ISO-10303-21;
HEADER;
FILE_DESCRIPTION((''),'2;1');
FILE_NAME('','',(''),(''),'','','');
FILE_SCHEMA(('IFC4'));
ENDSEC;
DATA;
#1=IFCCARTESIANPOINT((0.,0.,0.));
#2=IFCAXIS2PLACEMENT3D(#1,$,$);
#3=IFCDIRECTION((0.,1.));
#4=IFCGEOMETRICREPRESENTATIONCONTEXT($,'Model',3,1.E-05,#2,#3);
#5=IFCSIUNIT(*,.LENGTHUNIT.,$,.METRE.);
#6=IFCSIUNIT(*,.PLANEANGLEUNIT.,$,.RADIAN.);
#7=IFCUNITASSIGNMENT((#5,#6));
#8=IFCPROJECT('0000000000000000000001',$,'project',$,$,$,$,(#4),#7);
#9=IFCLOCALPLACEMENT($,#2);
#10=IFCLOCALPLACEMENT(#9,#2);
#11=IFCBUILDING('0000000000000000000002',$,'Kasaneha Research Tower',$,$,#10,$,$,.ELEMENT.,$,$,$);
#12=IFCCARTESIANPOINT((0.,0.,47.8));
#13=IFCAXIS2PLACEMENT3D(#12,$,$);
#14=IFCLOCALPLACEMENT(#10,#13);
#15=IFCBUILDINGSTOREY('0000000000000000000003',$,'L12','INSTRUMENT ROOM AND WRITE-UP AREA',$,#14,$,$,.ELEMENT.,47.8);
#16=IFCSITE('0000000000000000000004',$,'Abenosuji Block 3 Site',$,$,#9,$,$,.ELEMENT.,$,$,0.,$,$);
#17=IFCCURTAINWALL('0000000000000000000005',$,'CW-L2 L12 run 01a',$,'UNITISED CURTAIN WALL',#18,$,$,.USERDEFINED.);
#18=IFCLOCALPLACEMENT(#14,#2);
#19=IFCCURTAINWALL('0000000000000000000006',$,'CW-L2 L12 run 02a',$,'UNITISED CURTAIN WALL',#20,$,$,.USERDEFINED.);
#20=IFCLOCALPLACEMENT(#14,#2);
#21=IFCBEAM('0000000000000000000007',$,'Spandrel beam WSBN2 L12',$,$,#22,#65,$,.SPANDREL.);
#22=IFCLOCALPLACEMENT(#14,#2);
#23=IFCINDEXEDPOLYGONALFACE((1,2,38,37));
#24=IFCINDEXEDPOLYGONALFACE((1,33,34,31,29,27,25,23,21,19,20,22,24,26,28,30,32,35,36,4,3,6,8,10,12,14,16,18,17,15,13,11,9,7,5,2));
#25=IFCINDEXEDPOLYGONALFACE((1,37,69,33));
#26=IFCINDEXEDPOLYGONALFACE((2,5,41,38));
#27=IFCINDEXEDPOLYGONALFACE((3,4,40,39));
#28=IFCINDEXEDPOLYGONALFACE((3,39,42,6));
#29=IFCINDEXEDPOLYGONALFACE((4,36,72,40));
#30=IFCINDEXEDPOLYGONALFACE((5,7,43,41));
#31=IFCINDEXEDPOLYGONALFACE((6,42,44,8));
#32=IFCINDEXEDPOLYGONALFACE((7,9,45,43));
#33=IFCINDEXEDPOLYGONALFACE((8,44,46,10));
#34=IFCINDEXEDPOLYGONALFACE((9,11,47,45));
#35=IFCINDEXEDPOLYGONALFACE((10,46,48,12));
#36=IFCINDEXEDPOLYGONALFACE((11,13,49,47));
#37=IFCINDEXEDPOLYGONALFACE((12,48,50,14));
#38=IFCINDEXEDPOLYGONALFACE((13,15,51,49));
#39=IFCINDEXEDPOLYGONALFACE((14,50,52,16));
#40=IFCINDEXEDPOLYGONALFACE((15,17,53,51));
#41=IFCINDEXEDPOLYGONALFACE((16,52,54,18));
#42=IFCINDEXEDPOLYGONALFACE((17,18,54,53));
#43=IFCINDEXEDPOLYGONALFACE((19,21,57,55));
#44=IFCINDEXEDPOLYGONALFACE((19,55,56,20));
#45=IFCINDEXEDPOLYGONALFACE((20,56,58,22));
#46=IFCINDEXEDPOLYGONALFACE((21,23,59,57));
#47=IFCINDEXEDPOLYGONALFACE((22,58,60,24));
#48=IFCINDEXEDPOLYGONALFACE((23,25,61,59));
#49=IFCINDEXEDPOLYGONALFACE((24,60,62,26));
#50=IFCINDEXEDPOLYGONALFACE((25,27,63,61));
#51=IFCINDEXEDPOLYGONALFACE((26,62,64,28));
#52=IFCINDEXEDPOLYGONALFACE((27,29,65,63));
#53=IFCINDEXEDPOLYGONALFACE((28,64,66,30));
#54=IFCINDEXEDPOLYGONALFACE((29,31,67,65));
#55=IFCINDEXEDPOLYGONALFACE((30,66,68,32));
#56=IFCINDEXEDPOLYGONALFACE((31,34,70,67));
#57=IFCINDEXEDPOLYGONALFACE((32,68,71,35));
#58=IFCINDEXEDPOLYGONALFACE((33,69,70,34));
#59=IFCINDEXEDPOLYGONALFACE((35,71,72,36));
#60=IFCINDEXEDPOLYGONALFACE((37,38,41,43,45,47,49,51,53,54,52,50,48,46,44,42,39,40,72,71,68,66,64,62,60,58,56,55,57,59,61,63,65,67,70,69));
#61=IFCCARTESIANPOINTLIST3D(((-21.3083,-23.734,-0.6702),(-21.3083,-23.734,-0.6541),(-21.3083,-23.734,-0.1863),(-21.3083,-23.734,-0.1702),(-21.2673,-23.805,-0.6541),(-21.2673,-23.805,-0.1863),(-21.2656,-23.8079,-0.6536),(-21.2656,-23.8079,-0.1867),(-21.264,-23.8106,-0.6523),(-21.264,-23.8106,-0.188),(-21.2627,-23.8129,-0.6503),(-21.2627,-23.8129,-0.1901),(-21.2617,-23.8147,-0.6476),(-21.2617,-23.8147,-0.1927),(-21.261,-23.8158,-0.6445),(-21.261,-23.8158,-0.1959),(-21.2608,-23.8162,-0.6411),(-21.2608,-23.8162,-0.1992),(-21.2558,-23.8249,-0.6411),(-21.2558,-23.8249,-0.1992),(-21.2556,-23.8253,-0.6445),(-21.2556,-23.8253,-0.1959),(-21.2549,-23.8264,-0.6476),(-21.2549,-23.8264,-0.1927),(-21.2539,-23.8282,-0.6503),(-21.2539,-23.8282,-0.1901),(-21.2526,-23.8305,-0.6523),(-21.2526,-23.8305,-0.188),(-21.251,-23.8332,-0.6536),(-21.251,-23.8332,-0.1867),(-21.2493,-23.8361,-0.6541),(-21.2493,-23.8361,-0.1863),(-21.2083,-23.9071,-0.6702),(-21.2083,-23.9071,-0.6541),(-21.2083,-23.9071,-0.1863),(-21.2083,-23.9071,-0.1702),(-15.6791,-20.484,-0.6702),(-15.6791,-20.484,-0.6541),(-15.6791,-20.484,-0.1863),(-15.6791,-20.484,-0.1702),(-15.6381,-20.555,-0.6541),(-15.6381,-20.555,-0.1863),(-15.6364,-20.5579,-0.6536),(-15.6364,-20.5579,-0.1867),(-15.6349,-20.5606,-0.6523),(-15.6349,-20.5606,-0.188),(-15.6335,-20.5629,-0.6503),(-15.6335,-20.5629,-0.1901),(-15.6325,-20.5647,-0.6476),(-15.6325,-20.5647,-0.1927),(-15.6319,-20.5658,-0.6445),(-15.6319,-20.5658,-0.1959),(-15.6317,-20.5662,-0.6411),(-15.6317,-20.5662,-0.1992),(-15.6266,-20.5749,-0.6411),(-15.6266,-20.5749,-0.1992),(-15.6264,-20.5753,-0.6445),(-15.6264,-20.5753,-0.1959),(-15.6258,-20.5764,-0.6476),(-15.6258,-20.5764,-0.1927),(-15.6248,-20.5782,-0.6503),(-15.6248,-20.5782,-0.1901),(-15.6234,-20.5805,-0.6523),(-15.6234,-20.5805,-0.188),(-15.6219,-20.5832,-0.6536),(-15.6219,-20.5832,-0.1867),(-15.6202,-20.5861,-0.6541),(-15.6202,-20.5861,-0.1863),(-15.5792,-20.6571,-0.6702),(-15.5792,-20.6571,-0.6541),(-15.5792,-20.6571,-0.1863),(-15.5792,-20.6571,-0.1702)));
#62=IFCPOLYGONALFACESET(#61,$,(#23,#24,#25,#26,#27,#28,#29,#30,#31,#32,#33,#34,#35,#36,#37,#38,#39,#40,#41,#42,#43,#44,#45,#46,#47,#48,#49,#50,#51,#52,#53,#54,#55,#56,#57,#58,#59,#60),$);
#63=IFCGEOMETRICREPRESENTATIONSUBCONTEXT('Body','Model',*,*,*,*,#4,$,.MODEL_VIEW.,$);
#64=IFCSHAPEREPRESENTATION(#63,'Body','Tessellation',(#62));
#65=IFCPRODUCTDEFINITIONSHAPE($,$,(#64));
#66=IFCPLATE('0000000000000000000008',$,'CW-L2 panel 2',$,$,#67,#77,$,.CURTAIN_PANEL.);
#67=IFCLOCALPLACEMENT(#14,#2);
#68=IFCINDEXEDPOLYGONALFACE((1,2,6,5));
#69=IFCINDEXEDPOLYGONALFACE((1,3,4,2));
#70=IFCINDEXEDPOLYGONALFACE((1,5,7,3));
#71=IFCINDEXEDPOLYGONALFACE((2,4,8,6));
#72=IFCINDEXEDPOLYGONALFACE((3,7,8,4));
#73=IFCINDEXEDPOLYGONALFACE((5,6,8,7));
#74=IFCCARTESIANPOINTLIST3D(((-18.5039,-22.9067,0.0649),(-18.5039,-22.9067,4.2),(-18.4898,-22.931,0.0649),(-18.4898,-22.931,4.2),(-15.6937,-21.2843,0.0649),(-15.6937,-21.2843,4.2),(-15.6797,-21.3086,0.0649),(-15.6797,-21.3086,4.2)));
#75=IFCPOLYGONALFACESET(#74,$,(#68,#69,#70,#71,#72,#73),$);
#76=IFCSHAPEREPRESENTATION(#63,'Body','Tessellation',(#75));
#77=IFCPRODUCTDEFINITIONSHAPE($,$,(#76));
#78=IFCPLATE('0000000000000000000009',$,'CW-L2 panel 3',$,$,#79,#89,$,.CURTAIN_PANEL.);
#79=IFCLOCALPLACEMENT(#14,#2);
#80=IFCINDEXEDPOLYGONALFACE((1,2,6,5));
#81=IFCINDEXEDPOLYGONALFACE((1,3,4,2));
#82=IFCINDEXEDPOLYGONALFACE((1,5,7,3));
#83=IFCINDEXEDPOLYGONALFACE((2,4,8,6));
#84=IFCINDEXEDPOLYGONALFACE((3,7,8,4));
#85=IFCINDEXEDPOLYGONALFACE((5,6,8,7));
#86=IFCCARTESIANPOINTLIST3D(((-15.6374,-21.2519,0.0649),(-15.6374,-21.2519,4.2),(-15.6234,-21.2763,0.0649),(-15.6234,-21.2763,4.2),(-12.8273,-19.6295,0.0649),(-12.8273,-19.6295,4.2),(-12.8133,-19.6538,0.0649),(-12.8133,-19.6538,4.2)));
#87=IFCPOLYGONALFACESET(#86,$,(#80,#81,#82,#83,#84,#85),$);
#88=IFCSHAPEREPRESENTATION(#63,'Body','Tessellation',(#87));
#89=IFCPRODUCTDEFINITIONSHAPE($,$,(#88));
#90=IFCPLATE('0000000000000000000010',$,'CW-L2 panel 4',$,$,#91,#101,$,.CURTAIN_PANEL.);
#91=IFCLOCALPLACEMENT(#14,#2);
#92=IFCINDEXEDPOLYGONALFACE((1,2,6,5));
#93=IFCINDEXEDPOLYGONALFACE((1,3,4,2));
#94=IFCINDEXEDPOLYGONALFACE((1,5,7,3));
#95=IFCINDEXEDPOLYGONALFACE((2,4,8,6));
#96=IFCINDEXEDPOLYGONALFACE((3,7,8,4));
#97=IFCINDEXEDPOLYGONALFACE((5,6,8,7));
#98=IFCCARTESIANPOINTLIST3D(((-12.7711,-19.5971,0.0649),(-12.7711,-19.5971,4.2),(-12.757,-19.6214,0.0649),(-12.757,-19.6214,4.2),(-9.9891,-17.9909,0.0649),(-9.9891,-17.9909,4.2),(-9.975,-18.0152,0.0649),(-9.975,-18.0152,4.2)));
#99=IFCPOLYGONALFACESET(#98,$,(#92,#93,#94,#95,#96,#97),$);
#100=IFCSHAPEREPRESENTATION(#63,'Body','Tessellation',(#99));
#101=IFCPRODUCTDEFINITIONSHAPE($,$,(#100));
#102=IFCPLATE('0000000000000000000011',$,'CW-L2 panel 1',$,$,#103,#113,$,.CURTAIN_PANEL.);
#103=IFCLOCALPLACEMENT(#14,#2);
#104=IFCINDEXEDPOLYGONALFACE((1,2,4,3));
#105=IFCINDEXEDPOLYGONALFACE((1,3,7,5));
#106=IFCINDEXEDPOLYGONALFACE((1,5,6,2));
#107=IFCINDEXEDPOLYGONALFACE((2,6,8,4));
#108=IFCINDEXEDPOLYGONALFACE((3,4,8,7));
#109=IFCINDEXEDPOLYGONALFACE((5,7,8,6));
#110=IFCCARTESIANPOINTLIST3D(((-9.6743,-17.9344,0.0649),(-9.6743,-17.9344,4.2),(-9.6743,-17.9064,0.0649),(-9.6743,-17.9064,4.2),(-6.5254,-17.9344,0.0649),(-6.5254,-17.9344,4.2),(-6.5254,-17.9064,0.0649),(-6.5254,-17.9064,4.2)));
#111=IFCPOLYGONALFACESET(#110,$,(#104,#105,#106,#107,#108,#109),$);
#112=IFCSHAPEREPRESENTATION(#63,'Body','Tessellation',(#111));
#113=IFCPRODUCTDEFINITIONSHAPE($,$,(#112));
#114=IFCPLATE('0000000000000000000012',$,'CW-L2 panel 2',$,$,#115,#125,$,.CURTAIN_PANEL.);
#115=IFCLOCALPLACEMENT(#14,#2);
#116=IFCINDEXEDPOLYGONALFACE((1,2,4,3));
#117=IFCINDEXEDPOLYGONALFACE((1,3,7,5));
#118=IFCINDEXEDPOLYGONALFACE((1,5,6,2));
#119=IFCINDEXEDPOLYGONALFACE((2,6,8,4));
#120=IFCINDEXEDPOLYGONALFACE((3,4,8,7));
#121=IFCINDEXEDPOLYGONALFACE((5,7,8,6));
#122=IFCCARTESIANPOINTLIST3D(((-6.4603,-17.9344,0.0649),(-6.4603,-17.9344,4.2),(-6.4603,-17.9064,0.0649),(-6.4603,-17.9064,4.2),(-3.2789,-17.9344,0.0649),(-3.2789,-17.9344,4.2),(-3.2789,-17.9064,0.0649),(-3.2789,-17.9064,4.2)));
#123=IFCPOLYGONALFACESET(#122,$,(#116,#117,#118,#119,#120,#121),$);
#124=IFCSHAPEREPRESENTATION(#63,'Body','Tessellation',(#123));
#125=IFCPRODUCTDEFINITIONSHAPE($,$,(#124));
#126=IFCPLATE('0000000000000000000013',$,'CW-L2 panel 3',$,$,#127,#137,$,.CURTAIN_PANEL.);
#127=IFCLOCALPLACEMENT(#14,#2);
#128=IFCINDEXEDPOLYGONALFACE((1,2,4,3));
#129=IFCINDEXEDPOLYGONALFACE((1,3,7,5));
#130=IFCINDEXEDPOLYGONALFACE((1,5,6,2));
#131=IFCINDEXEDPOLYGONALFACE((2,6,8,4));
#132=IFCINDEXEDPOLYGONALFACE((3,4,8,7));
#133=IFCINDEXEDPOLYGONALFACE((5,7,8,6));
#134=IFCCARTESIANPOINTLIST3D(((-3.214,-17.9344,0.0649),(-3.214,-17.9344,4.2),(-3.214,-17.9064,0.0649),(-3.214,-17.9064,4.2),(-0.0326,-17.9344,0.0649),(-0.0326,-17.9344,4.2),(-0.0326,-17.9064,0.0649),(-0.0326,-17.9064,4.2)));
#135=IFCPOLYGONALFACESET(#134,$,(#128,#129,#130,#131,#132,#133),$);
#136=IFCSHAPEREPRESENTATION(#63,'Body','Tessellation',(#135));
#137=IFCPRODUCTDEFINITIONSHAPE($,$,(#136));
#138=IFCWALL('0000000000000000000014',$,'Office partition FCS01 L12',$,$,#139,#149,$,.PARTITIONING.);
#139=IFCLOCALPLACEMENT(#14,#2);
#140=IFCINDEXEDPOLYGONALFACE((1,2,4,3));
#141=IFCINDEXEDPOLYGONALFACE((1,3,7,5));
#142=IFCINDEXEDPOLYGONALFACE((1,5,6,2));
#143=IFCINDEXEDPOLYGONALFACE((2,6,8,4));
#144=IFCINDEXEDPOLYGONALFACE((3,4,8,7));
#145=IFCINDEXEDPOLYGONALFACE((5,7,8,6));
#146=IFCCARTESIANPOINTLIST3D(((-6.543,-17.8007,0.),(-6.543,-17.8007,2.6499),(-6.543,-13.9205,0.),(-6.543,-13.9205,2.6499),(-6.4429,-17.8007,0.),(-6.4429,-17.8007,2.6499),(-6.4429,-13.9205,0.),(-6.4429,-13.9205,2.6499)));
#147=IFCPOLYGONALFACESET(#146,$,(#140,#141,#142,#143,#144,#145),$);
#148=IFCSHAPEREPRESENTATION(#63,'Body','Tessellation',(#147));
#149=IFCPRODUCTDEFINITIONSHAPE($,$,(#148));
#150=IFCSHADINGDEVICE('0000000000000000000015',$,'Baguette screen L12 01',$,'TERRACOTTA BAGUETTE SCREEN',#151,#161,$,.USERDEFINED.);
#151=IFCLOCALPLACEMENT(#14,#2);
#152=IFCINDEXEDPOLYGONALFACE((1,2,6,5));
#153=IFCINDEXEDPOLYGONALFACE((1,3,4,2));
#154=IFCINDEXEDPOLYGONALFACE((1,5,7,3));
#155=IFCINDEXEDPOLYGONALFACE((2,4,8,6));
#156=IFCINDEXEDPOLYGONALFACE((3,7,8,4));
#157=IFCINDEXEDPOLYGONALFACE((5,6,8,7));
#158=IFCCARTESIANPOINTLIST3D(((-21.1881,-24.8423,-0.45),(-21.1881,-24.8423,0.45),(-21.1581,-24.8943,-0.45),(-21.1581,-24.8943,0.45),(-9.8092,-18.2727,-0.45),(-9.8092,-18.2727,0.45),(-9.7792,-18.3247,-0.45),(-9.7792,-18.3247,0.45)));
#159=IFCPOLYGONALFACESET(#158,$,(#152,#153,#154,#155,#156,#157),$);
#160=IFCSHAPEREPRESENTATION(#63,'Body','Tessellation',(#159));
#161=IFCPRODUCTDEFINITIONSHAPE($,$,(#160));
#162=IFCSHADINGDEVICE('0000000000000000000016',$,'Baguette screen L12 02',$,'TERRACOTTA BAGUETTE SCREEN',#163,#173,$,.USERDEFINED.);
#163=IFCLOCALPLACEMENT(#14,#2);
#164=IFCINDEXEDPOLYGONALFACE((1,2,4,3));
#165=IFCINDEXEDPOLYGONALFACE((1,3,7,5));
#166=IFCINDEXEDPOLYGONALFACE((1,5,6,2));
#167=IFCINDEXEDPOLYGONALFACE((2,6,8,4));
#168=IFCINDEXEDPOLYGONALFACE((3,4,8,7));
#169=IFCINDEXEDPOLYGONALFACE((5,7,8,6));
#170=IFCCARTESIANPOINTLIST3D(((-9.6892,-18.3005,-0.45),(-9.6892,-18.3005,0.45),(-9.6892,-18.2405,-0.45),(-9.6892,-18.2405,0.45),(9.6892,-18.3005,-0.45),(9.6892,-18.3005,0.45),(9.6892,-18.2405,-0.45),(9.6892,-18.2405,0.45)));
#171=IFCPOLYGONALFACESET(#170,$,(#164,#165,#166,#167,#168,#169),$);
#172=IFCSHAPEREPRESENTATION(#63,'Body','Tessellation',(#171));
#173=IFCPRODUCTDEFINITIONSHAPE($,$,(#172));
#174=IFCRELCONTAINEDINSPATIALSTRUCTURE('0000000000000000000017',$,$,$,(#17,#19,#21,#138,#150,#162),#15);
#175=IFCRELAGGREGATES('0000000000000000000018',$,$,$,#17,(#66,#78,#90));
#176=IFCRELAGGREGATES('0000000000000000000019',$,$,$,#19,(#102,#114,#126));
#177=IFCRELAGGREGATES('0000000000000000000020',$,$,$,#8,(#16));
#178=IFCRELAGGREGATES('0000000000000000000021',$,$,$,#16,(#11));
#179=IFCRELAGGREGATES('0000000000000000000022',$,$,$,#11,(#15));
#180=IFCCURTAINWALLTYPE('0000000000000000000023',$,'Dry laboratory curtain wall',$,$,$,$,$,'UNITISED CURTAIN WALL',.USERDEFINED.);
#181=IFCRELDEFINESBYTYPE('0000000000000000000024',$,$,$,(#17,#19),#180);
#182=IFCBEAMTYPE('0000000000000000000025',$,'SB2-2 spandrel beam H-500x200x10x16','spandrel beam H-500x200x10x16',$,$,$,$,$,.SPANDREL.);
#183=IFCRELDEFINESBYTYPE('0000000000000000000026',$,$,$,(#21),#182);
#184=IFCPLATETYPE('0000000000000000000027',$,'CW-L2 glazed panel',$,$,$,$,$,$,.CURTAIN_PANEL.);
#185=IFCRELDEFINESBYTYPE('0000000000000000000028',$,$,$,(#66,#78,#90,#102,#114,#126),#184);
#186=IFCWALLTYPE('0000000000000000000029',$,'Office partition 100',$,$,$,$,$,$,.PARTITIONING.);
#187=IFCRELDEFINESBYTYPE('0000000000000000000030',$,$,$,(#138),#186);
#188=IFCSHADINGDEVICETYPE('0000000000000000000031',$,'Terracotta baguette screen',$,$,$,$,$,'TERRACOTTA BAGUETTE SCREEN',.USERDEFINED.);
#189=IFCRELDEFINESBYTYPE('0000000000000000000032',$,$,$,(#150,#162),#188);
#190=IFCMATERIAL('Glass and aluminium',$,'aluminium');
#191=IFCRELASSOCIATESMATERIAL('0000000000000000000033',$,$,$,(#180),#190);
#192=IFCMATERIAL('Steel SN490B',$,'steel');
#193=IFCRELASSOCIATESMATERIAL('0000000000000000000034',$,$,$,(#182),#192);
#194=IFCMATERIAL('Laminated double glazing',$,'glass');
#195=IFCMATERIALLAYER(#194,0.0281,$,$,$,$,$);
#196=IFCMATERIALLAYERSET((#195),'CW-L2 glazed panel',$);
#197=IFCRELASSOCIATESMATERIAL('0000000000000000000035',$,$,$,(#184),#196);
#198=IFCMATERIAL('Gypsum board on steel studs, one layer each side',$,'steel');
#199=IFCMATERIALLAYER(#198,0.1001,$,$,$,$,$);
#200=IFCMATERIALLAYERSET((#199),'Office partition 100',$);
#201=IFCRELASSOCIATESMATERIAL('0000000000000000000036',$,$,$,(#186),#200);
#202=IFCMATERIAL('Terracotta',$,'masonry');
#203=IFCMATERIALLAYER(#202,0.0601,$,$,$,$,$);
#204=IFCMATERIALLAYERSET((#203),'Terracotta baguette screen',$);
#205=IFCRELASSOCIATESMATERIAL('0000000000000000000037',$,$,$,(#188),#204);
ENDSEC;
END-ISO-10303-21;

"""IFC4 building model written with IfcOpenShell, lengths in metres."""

from ifc_helpers import new_model, si_unit, direction, frame, frame_2d, origin, origin_2d, place, context, subcontext, project, spatial, rectangle, i_section, extrude, material, layer, layer_set, material_profile, profile_set, type_object, element, aggregate, save


model = new_model("IFC4")

# Units and contexts
model_context = context("Model", 3, precision=1e-05, world=origin(), true_north=direction((0.0, 1.0)))
body_context = subcontext(model_context, "Body", "Model", "MODEL_VIEW")
ifc_project = project(units=[si_unit("LENGTHUNIT", "METRE"), si_unit("PLANEANGLEUNIT", "RADIAN")], contexts=[model_context])

# Site, building, storey
site_placement = place(None, origin())
site = spatial("IfcSite", under=ifc_project, at=site_placement, Name="Abenosuji Block 3 Site", CompositionType="ELEMENT", RefElevation=0.0)
building_placement = place(site_placement, origin())
building = spatial("IfcBuilding", under=site, at=building_placement, Name="Kasaneha Research Tower", CompositionType="ELEMENT")
storey_placement = place(building_placement, frame((0.0, 0.0, 47.8)))
storey = spatial("IfcBuildingStorey", under=building, at=storey_placement, Name="L12", Description="INSTRUMENT ROOM AND WRITE-UP AREA", CompositionType="ELEMENT", Elevation=47.8)

# Curtain walls
ifc_material_1 = material(Name="Glass and aluminium", Category="aluminium")
curtain_wall_type = type_object("IfcCurtainWallType", Name="Dry laboratory curtain wall", ElementType="UNITISED CURTAIN WALL", PredefinedType="USERDEFINED", material=ifc_material_1)
curtain_wall_1_placement = place(storey_placement, origin())
curtain_wall_1 = element("IfcCurtainWall", 1, at=curtain_wall_1_placement, inside=storey, type_object=curtain_wall_type, Name="CW-L2 L12 run 01a", ObjectType="UNITISED CURTAIN WALL", PredefinedType="USERDEFINED")
curtain_wall_2_placement = place(storey_placement, origin())
curtain_wall_2 = element("IfcCurtainWall", 2, at=curtain_wall_2_placement, inside=storey, type_object=curtain_wall_type, Name="CW-L2 L12 run 02a", ObjectType="UNITISED CURTAIN WALL", PredefinedType="USERDEFINED")

# Beam
ifc_material_2 = material(Name="Steel SN490B", Category="steel")
ifc_material_profile_1 = material_profile(ifc_material_2, i_section(OverallWidth=0.2, OverallDepth=0.5, WebThickness=0.01, FlangeThickness=0.0161, FilletRadius=0.0129, at=origin_2d()), Name="H-500x200x10x16")
ifc_profile_set_1 = profile_set([ifc_material_profile_1], Name="Steel SN490B")
beam_type_1 = type_object("IfcBeamType", Name="SB2-2 spandrel beam H-500x200x10x16", Description="spandrel beam H-500x200x10x16", PredefinedType="SPANDREL", material=ifc_profile_set_1)
beam_1_placement = place(storey_placement, frame((-15.6292, -20.5706, -0.4202), z_axis=(-0.866025, -0.500001, 0.0), x_axis=(0.500001, -0.866025, 0.0)))
element("IfcBeam", 3, at=beam_1_placement, inside=storey, type_object=beam_type_1, Name="Spandrel beam WSBN2 L12", PredefinedType="SPANDREL", context=body_context, shape_type="SweptSolid", body=[
    extrude(i_section(OverallWidth=0.2, OverallDepth=0.5, WebThickness=0.01, FlangeThickness=0.0161, FilletRadius=0.0129, at=origin_2d()), origin(), (0.0, 0.0, 1.0), 6.5),
])

# Plates
ifc_material_3 = material(Name="Laminated double glazing", Category="glass")
ifc_layer_1 = layer(ifc_material_3, 0.0281)
ifc_layer_set_1 = layer_set([ifc_layer_1], Name="CW-L2 glazed panel")
plate_type = type_object("IfcPlateType", Name="CW-L2 glazed panel", PredefinedType="CURTAIN_PANEL", material=ifc_layer_set_1)
plate_1_placement = place(storey_placement, frame((-17.0918, -22.1077, 0.0649), z_axis=(0.0, 0.0, 1.0), x_axis=(0.866025, 0.5, 0.0)))
plate_1 = element("IfcPlate", 4, at=plate_1_placement, type_object=plate_type, Name="CW-L2 panel 2", PredefinedType="CURTAIN_PANEL", context=body_context, shape_type="SweptSolid", body=[
    extrude(rectangle(XDim=3.2449, YDim=0.0281, at=origin_2d()), origin(), (0.0, 0.0, 1.0), 4.135),
])
plate_2_placement = place(storey_placement, frame((-14.2253, -20.4529, 0.0649), z_axis=(0.0, 0.0, 1.0), x_axis=(0.866025, 0.5, 0.0)))
plate_2 = element("IfcPlate", 5, at=plate_2_placement, type_object=plate_type, Name="CW-L2 panel 3", PredefinedType="CURTAIN_PANEL", context=body_context, shape_type="SweptSolid", body=[
    extrude(rectangle(XDim=3.2449, YDim=0.0281, at=origin_2d()), origin(), (0.0, 0.0, 1.0), 4.135),
])
plate_3_placement = place(storey_placement, frame((-11.373, -18.8062, 0.0649), z_axis=(0.0, 0.0, 1.0), x_axis=(0.866025, 0.5, 0.0)))
plate_3 = element("IfcPlate", 6, at=plate_3_placement, type_object=plate_type, Name="CW-L2 panel 4", PredefinedType="CURTAIN_PANEL", context=body_context, shape_type="SweptSolid", body=[
    extrude(rectangle(XDim=3.2124, YDim=0.0281, at=origin_2d()), origin(), (0.0, 0.0, 1.0), 4.135),
])
aggregate(curtain_wall_1, [plate_1, plate_2, plate_3])
plate_4_placement = place(storey_placement, frame((-8.0999, -17.9204, 0.0649), z_axis=(0.0, 0.0, 1.0), x_axis=(1.0, 0.0, 0.0)))
plate_4 = element("IfcPlate", 7, at=plate_4_placement, type_object=plate_type, Name="CW-L2 panel 1", PredefinedType="CURTAIN_PANEL", context=body_context, shape_type="SweptSolid", body=[
    extrude(rectangle(XDim=3.1489, YDim=0.0281, at=origin_2d()), origin(), (0.0, 0.0, 1.0), 4.135),
])
plate_5_placement = place(storey_placement, frame((-4.8696, -17.9204, 0.0649), z_axis=(0.0, 0.0, 1.0), x_axis=(1.0, 0.0, 0.0)))
plate_5 = element("IfcPlate", 8, at=plate_5_placement, type_object=plate_type, Name="CW-L2 panel 2", PredefinedType="CURTAIN_PANEL", context=body_context, shape_type="SweptSolid", body=[
    extrude(rectangle(XDim=3.1814, YDim=0.0281, at=origin_2d()), origin(), (0.0, 0.0, 1.0), 4.135),
])
plate_6_placement = place(storey_placement, frame((-1.6233, -17.9204, 0.0649), z_axis=(0.0, 0.0, 1.0), x_axis=(1.0, 0.0, 0.0)))
plate_6 = element("IfcPlate", 9, at=plate_6_placement, type_object=plate_type, Name="CW-L2 panel 3", PredefinedType="CURTAIN_PANEL", context=body_context, shape_type="SweptSolid", body=[
    extrude(rectangle(XDim=3.1814, YDim=0.0281, at=origin_2d()), origin(), (0.0, 0.0, 1.0), 4.135),
])
aggregate(curtain_wall_2, [plate_4, plate_5, plate_6])

# Wall
ifc_material_4 = material(Name="Gypsum board on steel studs, one layer each side", Category="steel")
ifc_layer_2 = layer(ifc_material_4, 0.1001)
ifc_layer_set_2 = layer_set([ifc_layer_2], Name="Office partition 100")
wall_type = type_object("IfcWallType", Name="Office partition 100", PredefinedType="PARTITIONING", material=ifc_layer_set_2)
wall_placement = place(storey_placement, frame((-6.4929, -17.8005, 0.0), z_axis=(0.0, 0.0, 1.0), x_axis=(0.0, 1.0, 0.0)))
element("IfcWall", 10, at=wall_placement, inside=storey, type_object=wall_type, Name="Office partition FCS01 L12", PredefinedType="PARTITIONING", context=body_context, shape_type="SweptSolid", body=[
    extrude(rectangle(XDim=3.8801, YDim=0.1001, at=frame_2d((1.9399, 0.0))), origin(), (0.0, 0.0, 1.0), 2.6499),
])

# Shading devices
ifc_material_5 = material(Name="Terracotta", Category="masonry")
ifc_layer_3 = layer(ifc_material_5, 0.0601)
ifc_layer_set_3 = layer_set([ifc_layer_3], Name="Terracotta baguette screen")
shading_device_type = type_object("IfcShadingDeviceType", Name="Terracotta baguette screen", ElementType="TERRACOTTA BAGUETTE SCREEN", PredefinedType="USERDEFINED", material=ifc_layer_set_3)
shading_device_1_placement = place(storey_placement, frame((-15.4836, -21.5835, -0.45), z_axis=(0.0, 0.0, 1.0), x_axis=(0.866025, 0.5, 0.0)))
element("IfcShadingDevice", 11, at=shading_device_1_placement, inside=storey, type_object=shading_device_type, Name="Baguette screen L12 01", ObjectType="TERRACOTTA BAGUETTE SCREEN", PredefinedType="USERDEFINED", context=body_context, shape_type="SweptSolid", body=[
    extrude(rectangle(XDim=13.1392, YDim=0.0601, at=origin_2d()), origin(), (0.0, 0.0, 1.0), 0.8999),
])
shading_device_2_placement = place(storey_placement, frame((0.0, -18.2705, -0.45), z_axis=(0.0, 0.0, 1.0), x_axis=(1.0, 0.0, 0.0)))
element("IfcShadingDevice", 12, at=shading_device_2_placement, inside=storey, type_object=shading_device_type, Name="Baguette screen L12 02", ObjectType="TERRACOTTA BAGUETTE SCREEN", PredefinedType="USERDEFINED", context=body_context, shape_type="SweptSolid", body=[
    extrude(rectangle(XDim=19.3784, YDim=0.0601, at=origin_2d()), origin(), (0.0, 0.0, 1.0), 0.8999),
])

save(model, "model.ifc")
